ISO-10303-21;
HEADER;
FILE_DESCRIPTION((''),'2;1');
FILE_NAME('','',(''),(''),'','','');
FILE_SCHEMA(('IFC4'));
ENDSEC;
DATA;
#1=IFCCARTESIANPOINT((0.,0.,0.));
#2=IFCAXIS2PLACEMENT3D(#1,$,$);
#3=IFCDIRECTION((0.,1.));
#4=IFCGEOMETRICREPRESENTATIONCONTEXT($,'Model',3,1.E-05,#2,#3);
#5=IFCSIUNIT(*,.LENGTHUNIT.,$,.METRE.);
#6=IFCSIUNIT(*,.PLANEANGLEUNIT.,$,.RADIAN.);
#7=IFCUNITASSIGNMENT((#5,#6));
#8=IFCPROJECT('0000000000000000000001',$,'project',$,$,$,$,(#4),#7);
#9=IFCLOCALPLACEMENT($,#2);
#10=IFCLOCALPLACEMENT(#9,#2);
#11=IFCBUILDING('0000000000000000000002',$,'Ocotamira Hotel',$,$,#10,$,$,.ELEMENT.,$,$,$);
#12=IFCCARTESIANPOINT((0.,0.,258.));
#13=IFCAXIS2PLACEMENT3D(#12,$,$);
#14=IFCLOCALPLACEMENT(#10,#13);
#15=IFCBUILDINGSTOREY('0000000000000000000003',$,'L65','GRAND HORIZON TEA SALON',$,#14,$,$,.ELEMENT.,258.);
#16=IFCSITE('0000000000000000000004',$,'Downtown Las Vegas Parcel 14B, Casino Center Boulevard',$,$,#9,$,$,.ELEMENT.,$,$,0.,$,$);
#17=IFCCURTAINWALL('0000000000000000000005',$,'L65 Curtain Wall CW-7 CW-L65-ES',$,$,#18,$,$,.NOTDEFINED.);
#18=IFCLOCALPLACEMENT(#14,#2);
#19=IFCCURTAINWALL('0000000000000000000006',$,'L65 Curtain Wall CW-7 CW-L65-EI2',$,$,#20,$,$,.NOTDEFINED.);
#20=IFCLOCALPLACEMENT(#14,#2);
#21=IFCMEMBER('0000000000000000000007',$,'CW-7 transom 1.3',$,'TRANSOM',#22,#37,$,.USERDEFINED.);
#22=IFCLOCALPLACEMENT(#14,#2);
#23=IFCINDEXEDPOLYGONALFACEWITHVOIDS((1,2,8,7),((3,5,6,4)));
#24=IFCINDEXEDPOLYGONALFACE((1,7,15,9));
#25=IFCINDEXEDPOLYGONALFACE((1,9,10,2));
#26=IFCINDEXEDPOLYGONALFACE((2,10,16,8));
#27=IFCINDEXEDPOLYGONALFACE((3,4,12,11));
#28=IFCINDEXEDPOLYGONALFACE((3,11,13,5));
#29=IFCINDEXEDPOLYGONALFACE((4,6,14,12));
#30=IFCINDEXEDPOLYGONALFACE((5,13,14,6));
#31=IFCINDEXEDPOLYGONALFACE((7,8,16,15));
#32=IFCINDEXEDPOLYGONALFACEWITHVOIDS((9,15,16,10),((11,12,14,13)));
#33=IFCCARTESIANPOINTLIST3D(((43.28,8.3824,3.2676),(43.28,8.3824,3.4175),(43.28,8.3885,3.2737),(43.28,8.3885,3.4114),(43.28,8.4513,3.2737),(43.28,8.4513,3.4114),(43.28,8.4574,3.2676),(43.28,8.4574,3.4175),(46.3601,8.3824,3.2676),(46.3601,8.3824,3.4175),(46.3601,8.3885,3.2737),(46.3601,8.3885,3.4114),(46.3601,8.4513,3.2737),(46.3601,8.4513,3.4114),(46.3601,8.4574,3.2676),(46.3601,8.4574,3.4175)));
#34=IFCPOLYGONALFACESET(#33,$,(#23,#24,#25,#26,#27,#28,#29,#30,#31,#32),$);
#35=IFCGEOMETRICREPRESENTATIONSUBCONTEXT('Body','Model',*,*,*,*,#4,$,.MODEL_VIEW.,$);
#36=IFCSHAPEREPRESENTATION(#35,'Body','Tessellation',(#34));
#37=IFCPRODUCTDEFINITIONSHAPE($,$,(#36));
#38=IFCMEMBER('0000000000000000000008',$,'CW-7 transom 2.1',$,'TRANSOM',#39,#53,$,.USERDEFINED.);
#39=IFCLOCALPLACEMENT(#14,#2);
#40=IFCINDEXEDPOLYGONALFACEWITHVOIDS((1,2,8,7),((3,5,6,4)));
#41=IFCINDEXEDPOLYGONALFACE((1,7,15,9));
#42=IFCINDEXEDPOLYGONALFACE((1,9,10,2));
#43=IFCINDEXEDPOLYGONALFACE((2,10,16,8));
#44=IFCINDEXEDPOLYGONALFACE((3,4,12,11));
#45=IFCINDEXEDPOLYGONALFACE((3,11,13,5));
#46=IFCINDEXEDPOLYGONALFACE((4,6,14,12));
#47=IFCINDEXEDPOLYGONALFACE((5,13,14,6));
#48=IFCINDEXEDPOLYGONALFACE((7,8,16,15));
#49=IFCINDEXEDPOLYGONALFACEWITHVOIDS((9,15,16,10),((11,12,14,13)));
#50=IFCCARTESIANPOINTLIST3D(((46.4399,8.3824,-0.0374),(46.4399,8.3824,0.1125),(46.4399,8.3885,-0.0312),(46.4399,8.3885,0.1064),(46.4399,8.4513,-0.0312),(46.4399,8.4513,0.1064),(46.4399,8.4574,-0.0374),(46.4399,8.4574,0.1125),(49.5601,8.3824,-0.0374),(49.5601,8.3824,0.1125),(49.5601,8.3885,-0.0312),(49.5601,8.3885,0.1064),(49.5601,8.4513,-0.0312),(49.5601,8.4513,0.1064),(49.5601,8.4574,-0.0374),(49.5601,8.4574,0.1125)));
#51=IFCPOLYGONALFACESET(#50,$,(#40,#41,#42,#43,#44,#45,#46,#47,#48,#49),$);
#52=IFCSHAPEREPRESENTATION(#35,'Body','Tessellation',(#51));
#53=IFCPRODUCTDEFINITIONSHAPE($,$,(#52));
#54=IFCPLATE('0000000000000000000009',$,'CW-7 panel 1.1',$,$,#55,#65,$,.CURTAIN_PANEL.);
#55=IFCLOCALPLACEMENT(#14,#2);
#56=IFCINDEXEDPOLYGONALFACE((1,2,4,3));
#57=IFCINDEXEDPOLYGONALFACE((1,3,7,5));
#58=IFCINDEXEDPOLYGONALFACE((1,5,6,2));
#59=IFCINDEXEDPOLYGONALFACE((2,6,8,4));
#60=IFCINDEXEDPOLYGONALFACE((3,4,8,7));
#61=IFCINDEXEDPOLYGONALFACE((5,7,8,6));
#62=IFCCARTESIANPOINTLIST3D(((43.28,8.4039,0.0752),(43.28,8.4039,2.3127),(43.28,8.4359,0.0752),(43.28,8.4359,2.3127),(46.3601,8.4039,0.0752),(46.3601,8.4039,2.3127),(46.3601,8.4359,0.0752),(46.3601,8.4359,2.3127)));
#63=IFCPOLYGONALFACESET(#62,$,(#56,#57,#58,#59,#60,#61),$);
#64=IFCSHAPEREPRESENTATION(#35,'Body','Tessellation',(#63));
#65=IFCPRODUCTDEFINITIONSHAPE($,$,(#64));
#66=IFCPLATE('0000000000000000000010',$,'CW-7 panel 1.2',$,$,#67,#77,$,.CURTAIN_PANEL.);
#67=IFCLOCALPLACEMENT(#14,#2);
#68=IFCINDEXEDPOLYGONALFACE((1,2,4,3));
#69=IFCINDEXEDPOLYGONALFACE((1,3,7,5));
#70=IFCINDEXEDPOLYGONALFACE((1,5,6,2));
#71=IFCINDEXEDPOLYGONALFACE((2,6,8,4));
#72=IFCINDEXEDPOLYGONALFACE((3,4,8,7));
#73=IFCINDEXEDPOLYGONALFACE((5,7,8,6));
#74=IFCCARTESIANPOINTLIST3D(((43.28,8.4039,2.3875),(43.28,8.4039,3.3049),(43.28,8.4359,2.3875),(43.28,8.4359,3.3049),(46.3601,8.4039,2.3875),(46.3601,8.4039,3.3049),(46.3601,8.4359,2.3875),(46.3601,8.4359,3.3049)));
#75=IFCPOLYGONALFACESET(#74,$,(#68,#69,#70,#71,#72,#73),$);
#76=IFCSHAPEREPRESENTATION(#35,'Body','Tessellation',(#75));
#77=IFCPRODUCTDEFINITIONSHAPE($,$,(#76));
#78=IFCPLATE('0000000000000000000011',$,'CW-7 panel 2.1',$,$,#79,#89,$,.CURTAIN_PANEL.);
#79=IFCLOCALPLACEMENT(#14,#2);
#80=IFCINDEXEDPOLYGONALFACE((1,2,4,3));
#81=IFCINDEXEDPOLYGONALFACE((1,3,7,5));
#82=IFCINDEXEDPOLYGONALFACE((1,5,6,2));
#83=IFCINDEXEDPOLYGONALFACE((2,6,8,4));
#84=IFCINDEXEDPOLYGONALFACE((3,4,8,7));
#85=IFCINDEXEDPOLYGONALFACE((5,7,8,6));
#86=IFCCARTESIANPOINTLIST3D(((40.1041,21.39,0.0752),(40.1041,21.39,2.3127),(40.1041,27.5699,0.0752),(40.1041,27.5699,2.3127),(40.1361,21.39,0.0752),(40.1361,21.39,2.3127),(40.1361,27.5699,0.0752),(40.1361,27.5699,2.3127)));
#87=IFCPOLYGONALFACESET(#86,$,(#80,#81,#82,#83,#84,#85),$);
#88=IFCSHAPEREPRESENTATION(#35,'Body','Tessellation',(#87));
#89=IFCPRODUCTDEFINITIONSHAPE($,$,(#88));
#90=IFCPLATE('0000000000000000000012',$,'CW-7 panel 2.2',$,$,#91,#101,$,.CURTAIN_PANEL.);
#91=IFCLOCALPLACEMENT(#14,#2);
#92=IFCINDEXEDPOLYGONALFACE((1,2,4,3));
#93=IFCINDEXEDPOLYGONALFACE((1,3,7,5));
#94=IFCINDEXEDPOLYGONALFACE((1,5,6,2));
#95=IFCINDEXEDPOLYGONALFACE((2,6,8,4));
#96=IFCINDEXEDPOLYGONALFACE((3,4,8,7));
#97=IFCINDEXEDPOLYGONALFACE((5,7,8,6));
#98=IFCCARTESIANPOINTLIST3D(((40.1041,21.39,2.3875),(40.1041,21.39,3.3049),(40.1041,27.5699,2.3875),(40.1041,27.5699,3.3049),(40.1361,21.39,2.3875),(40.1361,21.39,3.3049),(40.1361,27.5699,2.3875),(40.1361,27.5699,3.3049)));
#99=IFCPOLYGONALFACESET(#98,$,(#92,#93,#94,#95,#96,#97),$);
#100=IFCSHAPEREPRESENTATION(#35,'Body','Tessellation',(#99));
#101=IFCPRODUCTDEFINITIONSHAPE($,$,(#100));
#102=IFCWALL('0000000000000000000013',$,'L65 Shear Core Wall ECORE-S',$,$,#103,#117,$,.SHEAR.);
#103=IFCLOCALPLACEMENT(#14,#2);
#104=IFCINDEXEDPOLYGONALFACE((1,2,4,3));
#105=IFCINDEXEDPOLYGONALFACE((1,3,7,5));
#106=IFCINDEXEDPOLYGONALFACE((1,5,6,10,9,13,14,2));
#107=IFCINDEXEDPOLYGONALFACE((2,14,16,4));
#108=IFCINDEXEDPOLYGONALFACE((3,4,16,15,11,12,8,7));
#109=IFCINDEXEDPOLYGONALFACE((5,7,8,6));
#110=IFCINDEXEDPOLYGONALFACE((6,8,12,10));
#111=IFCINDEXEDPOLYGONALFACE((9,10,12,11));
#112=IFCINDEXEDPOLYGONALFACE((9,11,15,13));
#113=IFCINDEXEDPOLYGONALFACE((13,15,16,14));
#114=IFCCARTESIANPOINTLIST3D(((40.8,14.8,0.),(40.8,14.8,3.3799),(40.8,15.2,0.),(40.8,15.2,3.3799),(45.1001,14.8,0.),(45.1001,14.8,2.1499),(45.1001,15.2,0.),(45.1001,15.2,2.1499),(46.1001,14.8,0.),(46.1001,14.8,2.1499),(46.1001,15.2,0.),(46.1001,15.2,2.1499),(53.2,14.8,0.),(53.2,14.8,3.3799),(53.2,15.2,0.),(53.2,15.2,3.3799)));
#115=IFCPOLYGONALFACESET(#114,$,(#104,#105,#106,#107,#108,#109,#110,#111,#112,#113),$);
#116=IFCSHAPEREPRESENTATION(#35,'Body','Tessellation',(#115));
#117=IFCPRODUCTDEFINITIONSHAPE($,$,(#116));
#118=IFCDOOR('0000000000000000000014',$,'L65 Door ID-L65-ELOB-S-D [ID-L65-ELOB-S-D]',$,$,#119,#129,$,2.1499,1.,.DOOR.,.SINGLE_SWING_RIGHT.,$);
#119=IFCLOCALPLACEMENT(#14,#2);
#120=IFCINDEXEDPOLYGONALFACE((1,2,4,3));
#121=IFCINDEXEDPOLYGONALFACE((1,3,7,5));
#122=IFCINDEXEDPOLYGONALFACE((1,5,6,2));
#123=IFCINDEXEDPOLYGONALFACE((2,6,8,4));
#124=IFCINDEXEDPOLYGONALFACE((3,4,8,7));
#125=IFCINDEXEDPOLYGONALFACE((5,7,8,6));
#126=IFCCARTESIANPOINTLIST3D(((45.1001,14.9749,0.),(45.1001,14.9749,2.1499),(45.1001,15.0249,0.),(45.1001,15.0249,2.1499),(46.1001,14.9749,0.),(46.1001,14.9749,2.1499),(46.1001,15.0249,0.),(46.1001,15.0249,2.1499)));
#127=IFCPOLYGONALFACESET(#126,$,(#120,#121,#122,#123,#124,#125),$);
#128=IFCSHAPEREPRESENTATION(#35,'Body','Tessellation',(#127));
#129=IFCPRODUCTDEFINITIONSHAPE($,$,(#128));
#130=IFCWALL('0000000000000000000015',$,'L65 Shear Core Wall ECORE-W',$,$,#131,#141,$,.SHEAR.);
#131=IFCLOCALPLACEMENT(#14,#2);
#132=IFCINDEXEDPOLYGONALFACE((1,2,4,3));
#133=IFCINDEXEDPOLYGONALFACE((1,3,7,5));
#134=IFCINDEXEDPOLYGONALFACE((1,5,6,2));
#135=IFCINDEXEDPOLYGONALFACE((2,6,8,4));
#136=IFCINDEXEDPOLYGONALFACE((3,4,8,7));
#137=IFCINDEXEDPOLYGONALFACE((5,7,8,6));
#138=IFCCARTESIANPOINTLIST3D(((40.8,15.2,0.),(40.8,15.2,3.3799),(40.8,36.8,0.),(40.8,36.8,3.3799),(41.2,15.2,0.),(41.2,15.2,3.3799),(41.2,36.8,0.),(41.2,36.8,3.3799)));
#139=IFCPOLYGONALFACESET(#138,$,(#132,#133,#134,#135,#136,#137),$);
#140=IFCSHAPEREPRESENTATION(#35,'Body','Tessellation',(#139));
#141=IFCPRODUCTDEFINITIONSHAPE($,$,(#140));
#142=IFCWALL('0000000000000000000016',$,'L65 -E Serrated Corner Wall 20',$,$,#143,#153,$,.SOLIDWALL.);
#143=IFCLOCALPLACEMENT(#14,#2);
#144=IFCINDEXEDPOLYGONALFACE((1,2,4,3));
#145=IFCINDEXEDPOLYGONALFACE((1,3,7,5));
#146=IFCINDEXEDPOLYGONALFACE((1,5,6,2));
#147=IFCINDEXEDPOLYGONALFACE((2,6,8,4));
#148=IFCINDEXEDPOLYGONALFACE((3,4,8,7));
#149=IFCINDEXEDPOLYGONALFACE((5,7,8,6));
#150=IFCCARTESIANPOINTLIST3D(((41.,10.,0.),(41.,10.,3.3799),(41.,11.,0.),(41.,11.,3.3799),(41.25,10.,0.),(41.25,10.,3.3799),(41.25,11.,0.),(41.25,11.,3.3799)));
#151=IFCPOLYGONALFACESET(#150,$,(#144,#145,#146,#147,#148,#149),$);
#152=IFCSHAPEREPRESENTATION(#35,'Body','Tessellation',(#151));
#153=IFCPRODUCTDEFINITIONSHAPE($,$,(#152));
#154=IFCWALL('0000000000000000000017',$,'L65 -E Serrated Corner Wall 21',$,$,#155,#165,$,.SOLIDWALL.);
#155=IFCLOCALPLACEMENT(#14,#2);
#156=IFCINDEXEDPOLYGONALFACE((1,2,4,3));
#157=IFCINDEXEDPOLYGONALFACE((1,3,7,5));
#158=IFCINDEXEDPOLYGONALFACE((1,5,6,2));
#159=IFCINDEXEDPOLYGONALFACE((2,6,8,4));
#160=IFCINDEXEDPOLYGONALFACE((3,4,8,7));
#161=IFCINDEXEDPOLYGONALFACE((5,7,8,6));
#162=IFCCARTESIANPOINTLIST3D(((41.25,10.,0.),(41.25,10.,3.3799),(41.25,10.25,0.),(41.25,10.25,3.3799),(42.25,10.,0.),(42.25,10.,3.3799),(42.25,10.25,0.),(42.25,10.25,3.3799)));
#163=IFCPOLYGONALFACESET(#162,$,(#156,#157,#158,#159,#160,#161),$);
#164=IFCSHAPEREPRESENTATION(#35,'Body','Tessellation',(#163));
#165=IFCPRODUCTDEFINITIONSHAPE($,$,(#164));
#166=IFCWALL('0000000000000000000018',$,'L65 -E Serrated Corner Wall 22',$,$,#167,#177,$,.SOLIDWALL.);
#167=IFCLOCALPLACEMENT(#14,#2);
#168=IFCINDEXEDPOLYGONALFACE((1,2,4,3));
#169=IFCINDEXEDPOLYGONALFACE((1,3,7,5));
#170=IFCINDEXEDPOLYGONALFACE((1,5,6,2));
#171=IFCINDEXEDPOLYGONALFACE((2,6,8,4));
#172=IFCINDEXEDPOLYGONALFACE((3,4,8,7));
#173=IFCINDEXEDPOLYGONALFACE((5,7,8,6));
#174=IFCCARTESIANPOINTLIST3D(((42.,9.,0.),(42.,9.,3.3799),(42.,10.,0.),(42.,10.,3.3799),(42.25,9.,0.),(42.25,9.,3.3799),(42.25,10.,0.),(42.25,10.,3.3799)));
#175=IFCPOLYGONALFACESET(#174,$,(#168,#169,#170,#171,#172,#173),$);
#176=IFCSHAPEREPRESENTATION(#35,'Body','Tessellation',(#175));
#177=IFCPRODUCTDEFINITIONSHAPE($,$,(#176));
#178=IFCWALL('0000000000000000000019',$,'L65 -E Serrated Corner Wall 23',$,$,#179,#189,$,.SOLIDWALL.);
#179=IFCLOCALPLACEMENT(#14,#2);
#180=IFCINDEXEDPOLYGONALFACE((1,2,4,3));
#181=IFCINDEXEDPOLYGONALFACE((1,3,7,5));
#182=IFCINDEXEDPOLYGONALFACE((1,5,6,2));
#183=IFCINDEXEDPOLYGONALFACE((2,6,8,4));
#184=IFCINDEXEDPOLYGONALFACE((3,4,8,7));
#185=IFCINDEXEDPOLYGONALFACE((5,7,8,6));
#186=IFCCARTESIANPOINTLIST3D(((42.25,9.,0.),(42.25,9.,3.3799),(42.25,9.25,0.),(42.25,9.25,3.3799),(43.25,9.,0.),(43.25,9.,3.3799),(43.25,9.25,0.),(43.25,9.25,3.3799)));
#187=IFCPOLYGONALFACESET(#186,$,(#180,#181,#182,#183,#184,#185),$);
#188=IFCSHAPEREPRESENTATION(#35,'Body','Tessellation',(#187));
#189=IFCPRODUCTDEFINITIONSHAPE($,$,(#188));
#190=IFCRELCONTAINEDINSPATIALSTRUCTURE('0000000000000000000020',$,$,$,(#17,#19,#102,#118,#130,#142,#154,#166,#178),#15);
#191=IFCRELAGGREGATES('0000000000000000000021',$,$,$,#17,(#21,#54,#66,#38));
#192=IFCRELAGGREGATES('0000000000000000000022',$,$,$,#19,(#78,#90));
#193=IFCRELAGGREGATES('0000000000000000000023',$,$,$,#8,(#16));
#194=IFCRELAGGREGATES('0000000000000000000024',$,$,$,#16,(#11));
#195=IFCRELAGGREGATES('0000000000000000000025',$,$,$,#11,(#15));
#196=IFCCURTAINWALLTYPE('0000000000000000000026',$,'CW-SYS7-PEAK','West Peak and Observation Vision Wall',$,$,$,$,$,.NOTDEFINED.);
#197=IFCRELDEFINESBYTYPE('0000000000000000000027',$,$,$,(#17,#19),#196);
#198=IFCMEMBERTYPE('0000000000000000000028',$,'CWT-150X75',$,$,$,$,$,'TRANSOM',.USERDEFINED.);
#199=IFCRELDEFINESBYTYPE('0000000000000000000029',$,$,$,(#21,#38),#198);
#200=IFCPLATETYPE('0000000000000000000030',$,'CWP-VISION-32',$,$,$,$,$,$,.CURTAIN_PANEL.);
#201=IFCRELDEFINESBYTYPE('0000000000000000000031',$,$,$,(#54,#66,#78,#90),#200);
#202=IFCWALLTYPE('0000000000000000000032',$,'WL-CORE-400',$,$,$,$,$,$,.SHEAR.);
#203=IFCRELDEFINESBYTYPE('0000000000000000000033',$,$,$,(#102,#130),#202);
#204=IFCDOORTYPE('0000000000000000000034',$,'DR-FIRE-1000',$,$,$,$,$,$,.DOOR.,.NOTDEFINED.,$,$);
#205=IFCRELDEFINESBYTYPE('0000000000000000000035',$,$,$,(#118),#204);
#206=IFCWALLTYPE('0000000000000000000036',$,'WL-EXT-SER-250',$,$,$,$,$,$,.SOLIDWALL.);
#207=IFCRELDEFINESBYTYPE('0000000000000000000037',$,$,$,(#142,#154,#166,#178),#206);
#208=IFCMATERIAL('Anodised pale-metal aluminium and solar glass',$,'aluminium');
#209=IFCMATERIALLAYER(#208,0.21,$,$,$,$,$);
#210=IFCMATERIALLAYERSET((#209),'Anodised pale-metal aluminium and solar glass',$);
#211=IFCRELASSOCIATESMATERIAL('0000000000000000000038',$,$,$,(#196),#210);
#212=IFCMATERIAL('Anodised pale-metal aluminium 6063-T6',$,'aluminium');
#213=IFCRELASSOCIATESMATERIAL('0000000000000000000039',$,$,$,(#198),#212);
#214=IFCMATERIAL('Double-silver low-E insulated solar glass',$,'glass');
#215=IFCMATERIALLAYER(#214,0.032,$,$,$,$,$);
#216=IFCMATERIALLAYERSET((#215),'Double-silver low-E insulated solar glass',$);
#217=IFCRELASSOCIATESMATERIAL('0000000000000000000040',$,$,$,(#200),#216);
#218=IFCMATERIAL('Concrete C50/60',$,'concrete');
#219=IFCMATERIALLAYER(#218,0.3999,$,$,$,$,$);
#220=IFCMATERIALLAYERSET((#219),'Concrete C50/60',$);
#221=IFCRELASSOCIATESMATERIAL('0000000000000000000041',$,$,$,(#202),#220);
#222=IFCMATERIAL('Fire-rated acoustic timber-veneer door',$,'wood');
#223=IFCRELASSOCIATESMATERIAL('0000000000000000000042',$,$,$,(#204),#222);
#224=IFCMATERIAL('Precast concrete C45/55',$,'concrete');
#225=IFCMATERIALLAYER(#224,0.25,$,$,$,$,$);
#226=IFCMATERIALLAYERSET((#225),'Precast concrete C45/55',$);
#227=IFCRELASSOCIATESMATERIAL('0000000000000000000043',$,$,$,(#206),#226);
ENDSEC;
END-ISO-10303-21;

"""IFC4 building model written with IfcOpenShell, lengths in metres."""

from ifc_helpers import new_model, si_unit, direction, frame, frame_2d, origin, origin_2d, place, context, subcontext, project, spatial, rectangle, hollow_rectangle, extrude, source, transform, mapped, material, layer, layer_set, material_profile, profile_set, type_object, element, fill, aggregate, save


model = new_model("IFC4")

# Units and contexts
model_context = context("Model", 3, precision=1e-05, world=origin(), true_north=direction((0.0, 1.0)))
body_context = subcontext(model_context, "Body", "Model", "MODEL_VIEW")
ifc_project = project(units=[si_unit("LENGTHUNIT", "METRE"), si_unit("PLANEANGLEUNIT", "RADIAN")], contexts=[model_context])

# Site, building, storey
site_placement = place(None, origin())
site = spatial("IfcSite", under=ifc_project, at=site_placement, Name="Downtown Las Vegas Parcel 14B, Casino Center Boulevard", CompositionType="ELEMENT", RefElevation=0.0)
building_placement = place(site_placement, origin())
building = spatial("IfcBuilding", under=site, at=building_placement, Name="Ocotamira Hotel", CompositionType="ELEMENT")
storey_placement = place(building_placement, frame((0.0, 0.0, 258.0)))
storey = spatial("IfcBuildingStorey", under=building, at=storey_placement, Name="L65", Description="GRAND HORIZON TEA SALON", CompositionType="ELEMENT", Elevation=258.0)

# Curtain wall
ifc_material_1 = material(Name="Anodised pale-metal aluminium and solar glass", Category="aluminium")
ifc_layer_1 = layer(ifc_material_1, 0.21)
ifc_layer_set_1 = layer_set([ifc_layer_1], Name="Anodised pale-metal aluminium and solar glass")
curtain_wall_type = type_object("IfcCurtainWallType", Name="CW-SYS7-PEAK", Description="West Peak and Observation Vision Wall", PredefinedType="NOTDEFINED", material=ifc_layer_set_1)
curtain_wall_1_placement = place(storey_placement, origin())
curtain_wall_1 = element("IfcCurtainWall", 1, at=curtain_wall_1_placement, inside=storey, type_object=curtain_wall_type, Name="L65 Curtain Wall CW-7 CW-L65-ES", PredefinedType="NOTDEFINED")
ifc_material_2 = material(Name="Anodised pale-metal aluminium 6063-T6", Category="aluminium")

# Curtain wall
curtain_wall_2_placement = place(storey_placement, origin())
curtain_wall_2 = element("IfcCurtainWall", 2, at=curtain_wall_2_placement, inside=storey, type_object=curtain_wall_type, Name="L65 Curtain Wall CW-7 CW-L65-EI2", PredefinedType="NOTDEFINED")

# Members
ifc_material_profile_1 = material_profile(ifc_material_2, hollow_rectangle(XDim=0.075, YDim=0.1499, WallThickness=0.0061, at=origin_2d()), Name="HSS150X75X6")
ifc_profile_set_1 = profile_set([ifc_material_profile_1], Name="Anodised pale-metal aluminium 6063-T6")
member_type_1 = type_object("IfcMemberType", Name="CWT-150X75", ElementType="TRANSOM", PredefinedType="USERDEFINED", material=ifc_profile_set_1)
shared_shape_1 = source(origin(), body_context, "Body", "SweptSolid", [
    extrude(hollow_rectangle(XDim=0.075, YDim=0.1499, WallThickness=0.0061, at=origin_2d()), origin(), (0.0, 0.0, 1.0), 3.0801),
])
member_1_placement = place(storey_placement, frame((43.28, 8.4199, 3.3425), z_axis=(1.0, 0.0, 0.0), x_axis=(0.0, 1.0, 0.0)))
member_1 = element("IfcMember", 3, at=member_1_placement, type_object=member_type_1, Name="CW-7 transom 1.3", ObjectType="TRANSOM", PredefinedType="USERDEFINED", context=body_context, shape_type="MappedRepresentation", body=[
    mapped(shared_shape_1, transform((0.0, 0.0, 0.0), scale=1.0)),
])
shared_shape_2 = source(origin(), body_context, "Body", "SweptSolid", [
    extrude(hollow_rectangle(XDim=0.075, YDim=0.1499, WallThickness=0.0061, at=origin_2d()), origin(), (0.0, 0.0, 1.0), 3.1201),
])
member_2_placement = place(storey_placement, frame((46.4399, 8.4199, 0.0376), z_axis=(1.0, 0.0, 0.0), x_axis=(0.0, 1.0, 0.0)))
member_2 = element("IfcMember", 4, at=member_2_placement, type_object=member_type_1, Name="CW-7 transom 2.1", ObjectType="TRANSOM", PredefinedType="USERDEFINED", context=body_context, shape_type="MappedRepresentation", body=[
    mapped(shared_shape_2, transform((0.0, 0.0, 0.0), scale=1.0)),
])

# Plates
ifc_material_3 = material(Name="Double-silver low-E insulated solar glass", Category="glass")
ifc_layer_2 = layer(ifc_material_3, 0.032)
ifc_layer_set_2 = layer_set([ifc_layer_2], Name="Double-silver low-E insulated solar glass")
plate_type = type_object("IfcPlateType", Name="CWP-VISION-32", PredefinedType="CURTAIN_PANEL", material=ifc_layer_set_2)
shared_shape_3 = source(origin(), body_context, "Body", "SweptSolid", [
    extrude(rectangle(XDim=3.0801, YDim=0.032, at=origin_2d()), origin(), (0.0, 0.0, 1.0), 2.2375),
])
plate_1_placement = place(storey_placement, frame((44.8201, 8.4199, 0.0752), z_axis=(0.0, 0.0, 1.0), x_axis=(1.0, 0.0, 0.0)))
plate_1 = element("IfcPlate", 5, at=plate_1_placement, type_object=plate_type, Name="CW-7 panel 1.1", PredefinedType="CURTAIN_PANEL", context=body_context, shape_type="MappedRepresentation", body=[
    mapped(shared_shape_3, transform((0.0, 0.0, 0.0), scale=1.0)),
])
shared_shape_4 = source(origin(), body_context, "Body", "SweptSolid", [
    extrude(rectangle(XDim=3.0801, YDim=0.032, at=origin_2d()), origin(), (0.0, 0.0, 1.0), 0.9175),
])
plate_2_placement = place(storey_placement, frame((44.8201, 8.4199, 2.3875), z_axis=(0.0, 0.0, 1.0), x_axis=(1.0, 0.0, 0.0)))
plate_2 = element("IfcPlate", 6, at=plate_2_placement, type_object=plate_type, Name="CW-7 panel 1.2", PredefinedType="CURTAIN_PANEL", context=body_context, shape_type="MappedRepresentation", body=[
    mapped(shared_shape_4, transform((0.0, 0.0, 0.0), scale=1.0)),
])
aggregate(curtain_wall_1, [member_1, plate_1, plate_2, member_2])
shared_shape_5 = source(origin(), body_context, "Body", "SweptSolid", [
    extrude(rectangle(XDim=6.1799, YDim=0.032, at=origin_2d()), origin(), (0.0, 0.0, 1.0), 2.2375),
])
plate_3_placement = place(storey_placement, frame((40.1201, 24.48, 0.0752), z_axis=(0.0, 0.0, 1.0), x_axis=(0.0, 1.0, 0.0)))
plate_3 = element("IfcPlate", 7, at=plate_3_placement, type_object=plate_type, Name="CW-7 panel 2.1", PredefinedType="CURTAIN_PANEL", context=body_context, shape_type="MappedRepresentation", body=[
    mapped(shared_shape_5, transform((0.0, 0.0, 0.0), scale=1.0)),
])
shared_shape_6 = source(origin(), body_context, "Body", "SweptSolid", [
    extrude(rectangle(XDim=6.1799, YDim=0.032, at=origin_2d()), origin(), (0.0, 0.0, 1.0), 0.9175),
])
plate_4_placement = place(storey_placement, frame((40.1201, 24.48, 2.3875), z_axis=(0.0, 0.0, 1.0), x_axis=(0.0, 1.0, 0.0)))
plate_4 = element("IfcPlate", 8, at=plate_4_placement, type_object=plate_type, Name="CW-7 panel 2.2", PredefinedType="CURTAIN_PANEL", context=body_context, shape_type="MappedRepresentation", body=[
    mapped(shared_shape_6, transform((0.0, 0.0, 0.0), scale=1.0)),
])
aggregate(curtain_wall_2, [plate_3, plate_4])

# Wall, opening, door
ifc_material_4 = material(Name="Concrete C50/60", Category="concrete")
ifc_layer_3 = layer(ifc_material_4, 0.3999)
ifc_layer_set_3 = layer_set([ifc_layer_3], Name="Concrete C50/60")
wall_type_1 = type_object("IfcWallType", Name="WL-CORE-400", PredefinedType="SHEAR", material=ifc_layer_set_3)
wall_1_placement = place(storey_placement, frame((40.8, 15.0, 0.0), z_axis=(0.0, 0.0, 1.0), x_axis=(1.0, 0.0, 0.0)))
wall_1 = element("IfcWall", 9, at=wall_1_placement, inside=storey, type_object=wall_type_1, Name="L65 Shear Core Wall ECORE-S", PredefinedType="SHEAR", context=body_context, shape_type="SweptSolid", body=[
    extrude(rectangle(XDim=12.3999, YDim=0.3999, at=frame_2d((6.2, 0.0))), origin(), (0.0, 0.0, 1.0), 3.3799),
])
opening_1_placement = place(wall_1_placement, frame((4.3, 0.0, 0.0)))
opening_1 = element("IfcOpeningElement", 10, at=opening_1_placement, cuts=wall_1, PredefinedType="OPENING", context=body_context, shape_type="SweptSolid", body=[
    extrude(rectangle(XDim=1.0, YDim=2.1499, at=frame_2d((0.5, 1.075))), frame((0.0, 0.21, 0.0), z_axis=(0.0, -1.0, 0.0), x_axis=(1.0, 0.0, 0.0)), (0.0, 0.0, 1.0), 0.4199),
])
ifc_material_5 = material(Name="Fire-rated acoustic timber-veneer door", Category="wood")
door_type_1 = type_object("IfcDoorType", Name="DR-FIRE-1000", OperationType="NOTDEFINED", PredefinedType="DOOR", material=ifc_material_5)
shared_shape_7 = source(origin(), body_context, "Body", "SweptSolid", [
    extrude(rectangle(XDim=1.0, YDim=2.1499, at=frame_2d((0.5, 1.075))), frame((0.0, 0.0249, 0.0), z_axis=(0.0, -1.0, 0.0), x_axis=(1.0, 0.0, 0.0)), (0.0, 0.0, 1.0), 0.05),
])
door_1_placement = place(opening_1_placement, origin())
door_1 = element("IfcDoor", 11, at=door_1_placement, inside=storey, type_object=door_type_1, Name="L65 Door ID-L65-ELOB-S-D [ID-L65-ELOB-S-D]", OperationType="SINGLE_SWING_RIGHT", OverallHeight=2.1499, OverallWidth=1.0, PredefinedType="DOOR", context=body_context, shape_type="MappedRepresentation", body=[
    mapped(shared_shape_7, transform((0.0, 0.0, 0.0), scale=1.0)),
])
fill(opening_1, door_1)

# Walls
wall_2_placement = place(storey_placement, frame((41.0, 15.2, 0.0), z_axis=(0.0, 0.0, 1.0), x_axis=(0.0, 1.0, 0.0)))
element("IfcWall", 12, at=wall_2_placement, inside=storey, type_object=wall_type_1, Name="L65 Shear Core Wall ECORE-W", PredefinedType="SHEAR", context=body_context, shape_type="SweptSolid", body=[
    extrude(rectangle(XDim=21.6001, YDim=0.3999, at=frame_2d((10.8, 0.0))), origin(), (0.0, 0.0, 1.0), 3.3799),
])
ifc_material_6 = material(Name="Precast concrete C45/55", Category="concrete")
ifc_layer_4 = layer(ifc_material_6, 0.25)
ifc_layer_set_4 = layer_set([ifc_layer_4], Name="Precast concrete C45/55")
wall_type_2 = type_object("IfcWallType", Name="WL-EXT-SER-250", PredefinedType="SOLIDWALL", material=ifc_layer_set_4)
for number, where, z_axis, x_axis, name in (
    (13, (41.125, 11.0, 0.0), (0.0, 0.0, 1.0), (0.0, -1.0, 0.0), "L65 -E Serrated Corner Wall 20"),
    (14, (41.25, 10.125, 0.0), (0.0, 0.0, 1.0), (1.0, 0.0, 0.0), "L65 -E Serrated Corner Wall 21"),
    (15, (42.125, 10.0, 0.0), (0.0, 0.0, 1.0), (0.0, -1.0, 0.0), "L65 -E Serrated Corner Wall 22"),
    (16, (42.25, 9.125, 0.0), (0.0, 0.0, 1.0), (1.0, 0.0, 0.0), "L65 -E Serrated Corner Wall 23"),
):
    element("IfcWall", number, at=place(storey_placement, frame(where, z_axis=z_axis, x_axis=x_axis)), inside=storey, type_object=wall_type_2, Name=name, PredefinedType="SOLIDWALL", context=body_context, shape_type="SweptSolid", body=[
        extrude(rectangle(XDim=1.0, YDim=0.25, at=frame_2d((0.5, 0.0))), origin(), (0.0, 0.0, 1.0), 3.3799),
    ])

save(model, "model.ifc")
